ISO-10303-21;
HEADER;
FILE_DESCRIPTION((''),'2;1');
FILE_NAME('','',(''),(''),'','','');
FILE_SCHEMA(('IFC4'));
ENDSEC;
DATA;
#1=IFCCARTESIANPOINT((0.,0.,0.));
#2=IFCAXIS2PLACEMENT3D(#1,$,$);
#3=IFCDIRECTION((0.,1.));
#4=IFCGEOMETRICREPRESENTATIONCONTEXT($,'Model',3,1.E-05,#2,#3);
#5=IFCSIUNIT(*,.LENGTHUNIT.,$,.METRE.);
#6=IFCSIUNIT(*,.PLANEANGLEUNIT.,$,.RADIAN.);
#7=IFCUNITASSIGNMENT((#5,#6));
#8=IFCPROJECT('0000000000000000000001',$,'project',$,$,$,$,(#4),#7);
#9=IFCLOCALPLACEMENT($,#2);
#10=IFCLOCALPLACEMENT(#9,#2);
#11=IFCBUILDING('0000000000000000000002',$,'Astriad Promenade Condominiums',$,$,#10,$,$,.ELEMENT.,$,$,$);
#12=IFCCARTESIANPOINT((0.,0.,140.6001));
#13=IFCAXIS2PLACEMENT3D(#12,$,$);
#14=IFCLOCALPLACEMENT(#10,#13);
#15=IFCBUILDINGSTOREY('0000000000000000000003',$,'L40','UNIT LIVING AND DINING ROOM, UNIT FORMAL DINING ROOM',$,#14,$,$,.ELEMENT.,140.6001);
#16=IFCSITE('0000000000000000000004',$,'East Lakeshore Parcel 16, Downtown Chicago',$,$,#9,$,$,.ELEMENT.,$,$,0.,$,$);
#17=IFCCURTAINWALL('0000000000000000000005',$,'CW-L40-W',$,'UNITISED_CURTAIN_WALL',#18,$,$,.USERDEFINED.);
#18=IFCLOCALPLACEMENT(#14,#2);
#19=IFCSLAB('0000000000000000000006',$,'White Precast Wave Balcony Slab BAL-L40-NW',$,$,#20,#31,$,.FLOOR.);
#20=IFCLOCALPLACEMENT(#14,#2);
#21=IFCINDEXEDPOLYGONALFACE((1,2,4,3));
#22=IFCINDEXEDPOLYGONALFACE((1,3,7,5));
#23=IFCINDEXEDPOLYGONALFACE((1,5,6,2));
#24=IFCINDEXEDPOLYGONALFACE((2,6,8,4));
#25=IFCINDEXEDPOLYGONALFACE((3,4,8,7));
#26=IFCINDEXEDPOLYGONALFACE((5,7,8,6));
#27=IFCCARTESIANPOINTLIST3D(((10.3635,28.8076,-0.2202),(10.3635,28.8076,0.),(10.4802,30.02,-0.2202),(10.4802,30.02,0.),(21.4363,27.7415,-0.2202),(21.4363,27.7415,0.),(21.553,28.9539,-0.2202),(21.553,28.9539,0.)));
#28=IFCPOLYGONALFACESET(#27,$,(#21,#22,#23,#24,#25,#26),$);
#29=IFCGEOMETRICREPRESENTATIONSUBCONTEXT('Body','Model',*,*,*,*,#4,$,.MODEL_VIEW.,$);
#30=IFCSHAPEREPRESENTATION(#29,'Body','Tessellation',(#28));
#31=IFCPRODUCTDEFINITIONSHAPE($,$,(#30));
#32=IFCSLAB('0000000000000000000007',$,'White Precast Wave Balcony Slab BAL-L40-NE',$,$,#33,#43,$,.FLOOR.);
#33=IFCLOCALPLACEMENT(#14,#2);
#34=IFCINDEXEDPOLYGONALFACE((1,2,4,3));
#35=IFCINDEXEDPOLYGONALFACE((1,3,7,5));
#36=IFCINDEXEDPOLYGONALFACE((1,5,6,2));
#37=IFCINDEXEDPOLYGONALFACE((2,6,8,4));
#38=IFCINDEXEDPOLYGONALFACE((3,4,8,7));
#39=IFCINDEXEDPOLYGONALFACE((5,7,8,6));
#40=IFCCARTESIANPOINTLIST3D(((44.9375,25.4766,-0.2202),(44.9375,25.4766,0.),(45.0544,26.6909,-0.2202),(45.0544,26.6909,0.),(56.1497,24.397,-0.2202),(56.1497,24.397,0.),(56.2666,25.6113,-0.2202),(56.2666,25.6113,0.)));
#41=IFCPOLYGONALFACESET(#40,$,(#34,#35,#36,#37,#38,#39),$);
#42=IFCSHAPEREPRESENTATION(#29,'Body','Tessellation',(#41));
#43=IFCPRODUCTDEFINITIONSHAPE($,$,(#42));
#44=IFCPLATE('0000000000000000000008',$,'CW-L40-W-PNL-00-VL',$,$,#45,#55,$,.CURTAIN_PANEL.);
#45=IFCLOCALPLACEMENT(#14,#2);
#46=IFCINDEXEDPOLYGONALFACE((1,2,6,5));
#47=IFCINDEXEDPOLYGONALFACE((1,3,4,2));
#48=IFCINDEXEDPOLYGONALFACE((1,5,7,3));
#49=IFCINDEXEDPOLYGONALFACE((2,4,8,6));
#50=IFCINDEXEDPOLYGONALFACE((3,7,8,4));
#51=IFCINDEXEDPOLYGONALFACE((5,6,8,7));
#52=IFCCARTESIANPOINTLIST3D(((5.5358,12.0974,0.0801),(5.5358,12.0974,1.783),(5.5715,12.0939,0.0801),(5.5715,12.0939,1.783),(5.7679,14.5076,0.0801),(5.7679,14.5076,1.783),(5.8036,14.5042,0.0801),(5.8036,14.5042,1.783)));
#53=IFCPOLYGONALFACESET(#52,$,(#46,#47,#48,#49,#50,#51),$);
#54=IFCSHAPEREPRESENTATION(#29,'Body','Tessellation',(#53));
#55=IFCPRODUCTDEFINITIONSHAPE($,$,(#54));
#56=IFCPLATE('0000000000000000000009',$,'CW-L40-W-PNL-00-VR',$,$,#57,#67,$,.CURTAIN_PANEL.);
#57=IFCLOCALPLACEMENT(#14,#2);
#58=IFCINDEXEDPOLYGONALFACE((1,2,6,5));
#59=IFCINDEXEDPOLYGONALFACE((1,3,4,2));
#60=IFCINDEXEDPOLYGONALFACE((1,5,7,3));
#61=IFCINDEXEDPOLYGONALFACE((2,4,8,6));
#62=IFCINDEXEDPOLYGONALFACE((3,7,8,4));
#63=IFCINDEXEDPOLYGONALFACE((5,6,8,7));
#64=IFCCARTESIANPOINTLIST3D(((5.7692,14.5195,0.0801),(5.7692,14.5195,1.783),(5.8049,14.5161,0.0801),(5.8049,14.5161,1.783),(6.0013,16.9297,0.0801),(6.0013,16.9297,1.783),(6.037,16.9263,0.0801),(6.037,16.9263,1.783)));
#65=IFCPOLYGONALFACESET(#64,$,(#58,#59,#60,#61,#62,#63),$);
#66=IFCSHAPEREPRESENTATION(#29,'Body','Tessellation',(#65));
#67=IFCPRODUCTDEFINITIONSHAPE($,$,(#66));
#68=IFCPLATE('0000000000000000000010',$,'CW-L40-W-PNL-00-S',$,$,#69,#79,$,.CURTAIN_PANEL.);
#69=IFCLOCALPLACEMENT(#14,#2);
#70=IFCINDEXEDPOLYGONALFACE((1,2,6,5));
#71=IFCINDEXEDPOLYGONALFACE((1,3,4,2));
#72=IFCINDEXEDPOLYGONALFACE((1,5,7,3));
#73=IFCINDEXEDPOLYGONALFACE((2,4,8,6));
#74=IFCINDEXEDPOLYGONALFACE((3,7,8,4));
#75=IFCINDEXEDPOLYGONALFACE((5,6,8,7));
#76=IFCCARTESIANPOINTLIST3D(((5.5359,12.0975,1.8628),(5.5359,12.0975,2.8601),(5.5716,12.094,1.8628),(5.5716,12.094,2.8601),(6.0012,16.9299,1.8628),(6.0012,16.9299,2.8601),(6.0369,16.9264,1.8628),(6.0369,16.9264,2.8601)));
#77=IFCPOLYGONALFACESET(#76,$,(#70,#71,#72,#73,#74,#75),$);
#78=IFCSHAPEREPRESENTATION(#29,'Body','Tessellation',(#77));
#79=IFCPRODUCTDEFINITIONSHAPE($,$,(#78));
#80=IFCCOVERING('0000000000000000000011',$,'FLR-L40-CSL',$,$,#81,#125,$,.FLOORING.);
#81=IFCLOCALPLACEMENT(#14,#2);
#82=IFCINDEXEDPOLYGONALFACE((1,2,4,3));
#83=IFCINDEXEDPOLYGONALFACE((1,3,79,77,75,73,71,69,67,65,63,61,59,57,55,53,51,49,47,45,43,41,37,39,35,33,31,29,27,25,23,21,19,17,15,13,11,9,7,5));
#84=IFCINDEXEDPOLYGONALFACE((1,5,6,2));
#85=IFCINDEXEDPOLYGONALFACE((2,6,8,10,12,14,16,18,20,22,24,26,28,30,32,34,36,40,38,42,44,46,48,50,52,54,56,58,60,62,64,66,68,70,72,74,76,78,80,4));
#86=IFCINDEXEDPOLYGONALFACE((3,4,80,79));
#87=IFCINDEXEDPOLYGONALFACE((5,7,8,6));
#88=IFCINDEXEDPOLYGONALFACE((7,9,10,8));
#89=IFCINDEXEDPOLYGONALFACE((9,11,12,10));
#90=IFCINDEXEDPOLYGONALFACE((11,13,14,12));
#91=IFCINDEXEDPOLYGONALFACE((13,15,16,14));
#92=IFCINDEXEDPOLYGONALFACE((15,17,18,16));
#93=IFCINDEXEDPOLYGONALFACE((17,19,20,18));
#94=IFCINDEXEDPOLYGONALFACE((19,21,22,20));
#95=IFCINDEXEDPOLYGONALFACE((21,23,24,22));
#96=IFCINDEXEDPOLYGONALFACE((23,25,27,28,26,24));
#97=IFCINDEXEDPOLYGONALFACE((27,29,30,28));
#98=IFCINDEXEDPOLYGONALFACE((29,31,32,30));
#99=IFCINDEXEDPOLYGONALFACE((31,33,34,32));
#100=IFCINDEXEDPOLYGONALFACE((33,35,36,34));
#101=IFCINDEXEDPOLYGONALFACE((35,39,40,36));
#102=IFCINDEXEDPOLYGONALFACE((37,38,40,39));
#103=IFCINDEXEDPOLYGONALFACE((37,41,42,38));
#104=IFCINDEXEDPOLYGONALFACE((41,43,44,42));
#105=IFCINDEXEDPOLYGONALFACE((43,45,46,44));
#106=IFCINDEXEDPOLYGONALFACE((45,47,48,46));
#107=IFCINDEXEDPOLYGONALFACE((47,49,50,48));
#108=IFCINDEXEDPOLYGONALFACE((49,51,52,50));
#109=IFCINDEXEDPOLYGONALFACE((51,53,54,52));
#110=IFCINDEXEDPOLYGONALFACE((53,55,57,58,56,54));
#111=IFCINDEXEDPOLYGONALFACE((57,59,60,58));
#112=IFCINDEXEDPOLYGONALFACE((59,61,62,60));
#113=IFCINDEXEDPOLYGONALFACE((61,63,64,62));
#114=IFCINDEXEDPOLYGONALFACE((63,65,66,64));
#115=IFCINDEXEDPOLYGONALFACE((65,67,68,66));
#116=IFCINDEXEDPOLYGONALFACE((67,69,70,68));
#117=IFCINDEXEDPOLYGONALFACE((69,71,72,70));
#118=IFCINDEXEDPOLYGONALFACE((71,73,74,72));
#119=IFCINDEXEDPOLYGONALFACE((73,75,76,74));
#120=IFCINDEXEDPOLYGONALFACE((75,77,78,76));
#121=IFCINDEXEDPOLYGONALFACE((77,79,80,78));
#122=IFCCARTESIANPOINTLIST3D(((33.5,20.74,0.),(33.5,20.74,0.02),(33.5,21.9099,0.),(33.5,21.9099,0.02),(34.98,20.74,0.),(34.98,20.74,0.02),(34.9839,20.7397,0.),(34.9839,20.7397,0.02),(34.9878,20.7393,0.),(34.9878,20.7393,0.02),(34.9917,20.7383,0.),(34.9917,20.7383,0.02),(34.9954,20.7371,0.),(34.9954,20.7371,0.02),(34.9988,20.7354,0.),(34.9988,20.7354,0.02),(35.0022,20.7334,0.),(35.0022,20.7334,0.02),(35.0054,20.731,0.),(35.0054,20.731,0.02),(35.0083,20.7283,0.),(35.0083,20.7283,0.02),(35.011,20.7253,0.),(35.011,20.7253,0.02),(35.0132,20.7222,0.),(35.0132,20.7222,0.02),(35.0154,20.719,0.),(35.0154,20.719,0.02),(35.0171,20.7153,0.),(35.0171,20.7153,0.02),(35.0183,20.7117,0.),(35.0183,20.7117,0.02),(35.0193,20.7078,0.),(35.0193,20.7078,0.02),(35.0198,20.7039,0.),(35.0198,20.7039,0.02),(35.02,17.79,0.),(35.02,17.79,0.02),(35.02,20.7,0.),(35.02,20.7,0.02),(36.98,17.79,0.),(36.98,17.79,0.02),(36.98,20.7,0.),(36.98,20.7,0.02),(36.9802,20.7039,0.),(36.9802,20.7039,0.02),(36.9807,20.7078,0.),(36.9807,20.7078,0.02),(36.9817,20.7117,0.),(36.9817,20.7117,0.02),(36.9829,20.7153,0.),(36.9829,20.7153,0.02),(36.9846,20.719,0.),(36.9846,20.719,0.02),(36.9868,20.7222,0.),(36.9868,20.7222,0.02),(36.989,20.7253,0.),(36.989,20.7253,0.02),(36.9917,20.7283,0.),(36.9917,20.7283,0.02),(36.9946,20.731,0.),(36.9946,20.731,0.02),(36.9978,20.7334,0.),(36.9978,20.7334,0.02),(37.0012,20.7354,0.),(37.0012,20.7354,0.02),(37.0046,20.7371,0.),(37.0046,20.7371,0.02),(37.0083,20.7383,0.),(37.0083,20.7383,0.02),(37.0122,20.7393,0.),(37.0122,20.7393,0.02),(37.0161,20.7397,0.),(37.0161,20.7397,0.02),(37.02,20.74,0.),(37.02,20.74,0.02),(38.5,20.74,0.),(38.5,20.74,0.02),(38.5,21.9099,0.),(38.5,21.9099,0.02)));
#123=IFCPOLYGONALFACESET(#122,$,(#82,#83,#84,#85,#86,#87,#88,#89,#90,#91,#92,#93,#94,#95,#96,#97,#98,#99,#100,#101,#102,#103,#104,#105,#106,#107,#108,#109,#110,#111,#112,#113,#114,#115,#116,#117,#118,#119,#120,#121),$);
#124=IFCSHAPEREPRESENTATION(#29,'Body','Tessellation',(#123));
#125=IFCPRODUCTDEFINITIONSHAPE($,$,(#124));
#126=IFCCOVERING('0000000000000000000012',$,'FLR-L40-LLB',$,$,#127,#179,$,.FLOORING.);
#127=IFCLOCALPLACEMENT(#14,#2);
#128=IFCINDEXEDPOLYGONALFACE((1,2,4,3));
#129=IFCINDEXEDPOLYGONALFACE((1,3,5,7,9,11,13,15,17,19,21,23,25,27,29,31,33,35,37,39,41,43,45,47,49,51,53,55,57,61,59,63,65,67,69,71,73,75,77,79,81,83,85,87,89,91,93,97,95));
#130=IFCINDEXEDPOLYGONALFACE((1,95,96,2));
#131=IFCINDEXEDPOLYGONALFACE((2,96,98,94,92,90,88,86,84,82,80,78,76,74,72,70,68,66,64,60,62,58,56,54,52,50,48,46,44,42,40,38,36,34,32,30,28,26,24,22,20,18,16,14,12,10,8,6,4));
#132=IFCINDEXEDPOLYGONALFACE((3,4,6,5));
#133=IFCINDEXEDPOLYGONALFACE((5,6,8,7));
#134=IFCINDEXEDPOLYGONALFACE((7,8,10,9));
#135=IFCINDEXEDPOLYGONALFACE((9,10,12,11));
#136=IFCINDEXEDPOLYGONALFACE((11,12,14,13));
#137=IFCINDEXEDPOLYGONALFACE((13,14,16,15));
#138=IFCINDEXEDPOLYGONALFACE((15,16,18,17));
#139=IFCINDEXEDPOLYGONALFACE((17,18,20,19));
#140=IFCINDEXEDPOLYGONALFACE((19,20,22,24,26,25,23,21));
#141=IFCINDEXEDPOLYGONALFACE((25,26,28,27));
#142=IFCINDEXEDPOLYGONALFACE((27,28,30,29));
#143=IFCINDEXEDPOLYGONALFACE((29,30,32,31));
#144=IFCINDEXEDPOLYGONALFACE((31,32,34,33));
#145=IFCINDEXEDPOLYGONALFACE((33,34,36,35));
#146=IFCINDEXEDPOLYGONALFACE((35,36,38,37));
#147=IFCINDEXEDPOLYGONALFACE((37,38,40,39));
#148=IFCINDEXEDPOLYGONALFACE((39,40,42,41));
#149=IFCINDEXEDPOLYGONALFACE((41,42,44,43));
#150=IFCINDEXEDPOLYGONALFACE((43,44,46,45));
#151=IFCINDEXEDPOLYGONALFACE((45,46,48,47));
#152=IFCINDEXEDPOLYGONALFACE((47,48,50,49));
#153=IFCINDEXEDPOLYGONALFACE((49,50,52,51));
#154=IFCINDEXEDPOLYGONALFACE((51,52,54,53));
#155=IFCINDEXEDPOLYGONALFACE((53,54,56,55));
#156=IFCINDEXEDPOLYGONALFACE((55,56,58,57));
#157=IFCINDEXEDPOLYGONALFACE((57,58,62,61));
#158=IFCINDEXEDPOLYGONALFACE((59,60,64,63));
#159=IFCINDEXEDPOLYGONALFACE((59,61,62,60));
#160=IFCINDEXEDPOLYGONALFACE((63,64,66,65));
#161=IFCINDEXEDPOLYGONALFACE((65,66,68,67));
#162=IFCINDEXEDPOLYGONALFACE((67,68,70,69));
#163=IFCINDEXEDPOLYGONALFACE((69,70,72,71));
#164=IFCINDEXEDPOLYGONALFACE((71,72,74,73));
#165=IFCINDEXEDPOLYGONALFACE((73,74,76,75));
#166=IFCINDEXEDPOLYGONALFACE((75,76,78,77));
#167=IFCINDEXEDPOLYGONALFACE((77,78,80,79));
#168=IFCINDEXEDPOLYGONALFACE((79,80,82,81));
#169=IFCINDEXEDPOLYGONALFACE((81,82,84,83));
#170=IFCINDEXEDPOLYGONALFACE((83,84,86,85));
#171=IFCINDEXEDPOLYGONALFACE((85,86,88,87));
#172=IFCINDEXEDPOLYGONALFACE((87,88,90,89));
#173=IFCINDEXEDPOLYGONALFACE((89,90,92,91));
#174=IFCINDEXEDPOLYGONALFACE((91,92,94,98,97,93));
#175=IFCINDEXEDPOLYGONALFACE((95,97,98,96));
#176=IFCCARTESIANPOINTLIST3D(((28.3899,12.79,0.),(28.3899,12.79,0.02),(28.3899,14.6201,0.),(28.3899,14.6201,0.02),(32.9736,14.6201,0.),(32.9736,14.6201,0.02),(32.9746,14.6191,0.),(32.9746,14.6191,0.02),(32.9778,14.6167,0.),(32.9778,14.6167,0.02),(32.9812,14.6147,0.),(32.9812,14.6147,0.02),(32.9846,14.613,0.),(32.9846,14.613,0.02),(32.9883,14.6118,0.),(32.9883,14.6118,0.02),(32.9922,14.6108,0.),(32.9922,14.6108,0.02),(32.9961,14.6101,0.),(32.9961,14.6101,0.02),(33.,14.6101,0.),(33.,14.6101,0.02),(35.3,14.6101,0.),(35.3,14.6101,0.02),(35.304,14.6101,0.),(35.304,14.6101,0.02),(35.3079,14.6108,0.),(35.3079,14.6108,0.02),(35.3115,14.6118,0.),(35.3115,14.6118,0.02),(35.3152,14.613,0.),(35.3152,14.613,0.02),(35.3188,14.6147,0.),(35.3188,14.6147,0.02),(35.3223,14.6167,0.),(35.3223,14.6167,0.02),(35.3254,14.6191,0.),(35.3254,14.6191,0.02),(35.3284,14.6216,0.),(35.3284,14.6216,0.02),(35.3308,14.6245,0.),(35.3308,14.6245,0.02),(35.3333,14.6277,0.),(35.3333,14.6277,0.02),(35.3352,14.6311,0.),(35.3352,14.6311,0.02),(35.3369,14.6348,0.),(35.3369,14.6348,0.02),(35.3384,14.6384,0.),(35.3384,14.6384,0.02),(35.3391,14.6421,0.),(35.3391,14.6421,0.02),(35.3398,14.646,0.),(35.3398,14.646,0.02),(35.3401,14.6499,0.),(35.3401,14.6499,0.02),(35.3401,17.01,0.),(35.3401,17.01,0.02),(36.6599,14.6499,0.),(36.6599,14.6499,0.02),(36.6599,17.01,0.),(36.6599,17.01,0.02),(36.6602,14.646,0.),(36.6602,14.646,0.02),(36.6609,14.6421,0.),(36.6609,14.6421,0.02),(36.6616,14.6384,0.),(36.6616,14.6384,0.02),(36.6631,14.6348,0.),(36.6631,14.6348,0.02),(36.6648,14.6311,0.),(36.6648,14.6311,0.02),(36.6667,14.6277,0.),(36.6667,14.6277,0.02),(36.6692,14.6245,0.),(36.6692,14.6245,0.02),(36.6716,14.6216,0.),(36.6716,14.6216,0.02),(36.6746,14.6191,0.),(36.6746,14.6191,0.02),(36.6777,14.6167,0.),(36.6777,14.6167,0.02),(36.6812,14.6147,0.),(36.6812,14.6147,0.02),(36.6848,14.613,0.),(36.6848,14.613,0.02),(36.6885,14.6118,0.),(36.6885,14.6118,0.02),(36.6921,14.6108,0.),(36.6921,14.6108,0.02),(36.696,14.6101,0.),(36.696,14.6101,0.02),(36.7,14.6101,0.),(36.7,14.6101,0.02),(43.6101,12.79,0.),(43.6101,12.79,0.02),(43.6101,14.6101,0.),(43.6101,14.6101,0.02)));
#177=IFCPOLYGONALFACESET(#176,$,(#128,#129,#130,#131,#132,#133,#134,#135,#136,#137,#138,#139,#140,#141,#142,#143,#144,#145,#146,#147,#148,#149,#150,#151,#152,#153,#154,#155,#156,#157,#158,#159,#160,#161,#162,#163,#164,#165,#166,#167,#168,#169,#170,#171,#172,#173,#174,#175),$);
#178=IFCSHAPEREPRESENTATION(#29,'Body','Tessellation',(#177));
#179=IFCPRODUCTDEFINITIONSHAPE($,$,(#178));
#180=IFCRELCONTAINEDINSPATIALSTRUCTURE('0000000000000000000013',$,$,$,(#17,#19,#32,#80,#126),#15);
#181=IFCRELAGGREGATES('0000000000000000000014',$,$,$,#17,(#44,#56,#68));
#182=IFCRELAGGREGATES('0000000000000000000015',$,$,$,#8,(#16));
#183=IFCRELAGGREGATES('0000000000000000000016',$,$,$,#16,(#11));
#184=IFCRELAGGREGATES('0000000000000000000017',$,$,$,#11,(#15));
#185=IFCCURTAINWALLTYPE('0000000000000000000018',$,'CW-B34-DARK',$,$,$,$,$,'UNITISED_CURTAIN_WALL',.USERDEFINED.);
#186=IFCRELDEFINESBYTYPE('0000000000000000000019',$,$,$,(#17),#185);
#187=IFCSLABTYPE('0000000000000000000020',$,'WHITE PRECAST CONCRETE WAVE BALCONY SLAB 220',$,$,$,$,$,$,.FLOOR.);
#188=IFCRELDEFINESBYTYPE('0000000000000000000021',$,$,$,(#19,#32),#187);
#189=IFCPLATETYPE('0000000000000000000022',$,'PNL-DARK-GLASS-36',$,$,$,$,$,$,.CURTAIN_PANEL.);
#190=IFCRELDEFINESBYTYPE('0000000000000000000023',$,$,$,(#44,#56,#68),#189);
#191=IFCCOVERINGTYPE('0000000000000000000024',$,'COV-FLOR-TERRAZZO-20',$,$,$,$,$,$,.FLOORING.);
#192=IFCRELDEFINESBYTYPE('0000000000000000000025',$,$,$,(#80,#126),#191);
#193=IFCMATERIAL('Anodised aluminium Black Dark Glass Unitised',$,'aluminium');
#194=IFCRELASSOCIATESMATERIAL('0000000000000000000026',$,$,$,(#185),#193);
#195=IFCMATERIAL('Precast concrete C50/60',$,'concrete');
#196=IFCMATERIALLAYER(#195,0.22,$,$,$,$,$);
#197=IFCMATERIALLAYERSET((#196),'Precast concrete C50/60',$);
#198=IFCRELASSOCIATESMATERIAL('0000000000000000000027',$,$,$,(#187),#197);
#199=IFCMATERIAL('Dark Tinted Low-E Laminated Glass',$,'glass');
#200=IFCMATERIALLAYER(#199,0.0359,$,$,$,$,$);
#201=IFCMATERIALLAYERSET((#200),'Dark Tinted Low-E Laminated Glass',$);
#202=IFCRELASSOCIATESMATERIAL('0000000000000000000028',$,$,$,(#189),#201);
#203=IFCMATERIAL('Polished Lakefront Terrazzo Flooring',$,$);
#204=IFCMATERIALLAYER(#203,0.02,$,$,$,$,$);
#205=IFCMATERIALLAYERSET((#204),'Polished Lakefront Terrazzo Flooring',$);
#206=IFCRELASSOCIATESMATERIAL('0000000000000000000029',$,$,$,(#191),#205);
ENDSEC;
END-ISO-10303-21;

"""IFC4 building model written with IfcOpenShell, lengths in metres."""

from ifc_helpers import new_model, si_unit, direction, frame, origin, origin_2d, place, context, subcontext, project, spatial, polyline, rectangle, outline, extrude, source, transform, mapped, material, layer, layer_set, type_object, type_shapes, element, aggregate, save


model = new_model("IFC4")

# Units and contexts
model_context = context("Model", 3, precision=1e-05, world=origin(), true_north=direction((0.0, 1.0)))
body_context = subcontext(model_context, "Body", "Model", "MODEL_VIEW")
ifc_project = project(units=[si_unit("LENGTHUNIT", "METRE"), si_unit("PLANEANGLEUNIT", "RADIAN")], contexts=[model_context])

# Site, building, storey
site_placement = place(None, origin())
site = spatial("IfcSite", under=ifc_project, at=site_placement, Name="East Lakeshore Parcel 16, Downtown Chicago", CompositionType="ELEMENT", RefElevation=0.0)
building_placement = place(site_placement, origin())
building = spatial("IfcBuilding", under=site, at=building_placement, Name="Astriad Promenade Condominiums", CompositionType="ELEMENT")
storey_placement = place(building_placement, frame((0.0, 0.0, 140.6001)))
storey = spatial("IfcBuildingStorey", under=building, at=storey_placement, Name="L40", Description="UNIT LIVING AND DINING ROOM, UNIT FORMAL DINING ROOM", CompositionType="ELEMENT", Elevation=140.6001)

# Curtain wall
ifc_material_1 = material(Name="Anodised aluminium Black Dark Glass Unitised", Category="aluminium")
curtain_wall_type = type_object("IfcCurtainWallType", Name="CW-B34-DARK", ElementType="UNITISED_CURTAIN_WALL", PredefinedType="USERDEFINED", material=ifc_material_1)
curtain_wall_placement = place(storey_placement, origin())
curtain_wall = element("IfcCurtainWall", 1, at=curtain_wall_placement, inside=storey, type_object=curtain_wall_type, Name="CW-L40-W", ObjectType="UNITISED_CURTAIN_WALL", PredefinedType="USERDEFINED")

# Slabs
ifc_material_2 = material(Name="Precast concrete C50/60", Category="concrete")
ifc_layer_1 = layer(ifc_material_2, 0.22)
ifc_layer_set_1 = layer_set([ifc_layer_1], Name="Precast concrete C50/60")
slab_type_1 = type_object("IfcSlabType", Name="WHITE PRECAST CONCRETE WAVE BALCONY SLAB 220", PredefinedType="FLOOR", material=ifc_layer_set_1)
slab_1_placement = place(storey_placement, frame((0.0, 0.0, -0.2202)))
element("IfcSlab", 2, at=slab_1_placement, inside=storey, type_object=slab_type_1, Name="White Precast Wave Balcony Slab BAL-L40-NW", PredefinedType="FLOOR", context=body_context, shape_type="SweptSolid", body=[
    extrude(outline(polyline([(10.4802, 30.02), (21.553, 28.9539), (21.4363, 27.7415), (10.3635, 28.8076), (10.4802, 30.02)])), origin(), (0.0, 0.0, 1.0), 0.2202),
])
slab_2_placement = place(storey_placement, frame((0.0, 0.0, -0.2202)))
element("IfcSlab", 3, at=slab_2_placement, inside=storey, type_object=slab_type_1, Name="White Precast Wave Balcony Slab BAL-L40-NE", PredefinedType="FLOOR", context=body_context, shape_type="SweptSolid", body=[
    extrude(outline(polyline([(44.9375, 25.4766), (56.1497, 24.397), (56.2666, 25.6113), (45.0544, 26.6909), (44.9375, 25.4766)])), origin(), (0.0, 0.0, 1.0), 0.2202),
])

# Plates
ifc_material_3 = material(Name="Dark Tinted Low-E Laminated Glass", Category="glass")
ifc_layer_2 = layer(ifc_material_3, 0.0359)
ifc_layer_set_2 = layer_set([ifc_layer_2], Name="Dark Tinted Low-E Laminated Glass")
plate_type = type_object("IfcPlateType", Name="PNL-DARK-GLASS-36", PredefinedType="CURTAIN_PANEL", material=ifc_layer_set_2)
shared_shape_1 = source(origin(), body_context, "Body", "SweptSolid", [
    extrude(rectangle(XDim=2.4214, YDim=0.0359, at=origin_2d()), origin(), (0.0, 0.0, 1.0), 1.7029),
])
plate_1_placement = place(storey_placement, frame((5.6697, 13.3008, 0.0801), z_axis=(0.0, 0.0, 1.0), x_axis=(0.095846, 0.995396, 0.0)))
plate_1 = element("IfcPlate", 4, at=plate_1_placement, type_object=plate_type, Name="CW-L40-W-PNL-00-VL", PredefinedType="CURTAIN_PANEL", context=body_context, shape_type="MappedRepresentation", body=[
    mapped(shared_shape_1, transform((0.0, 0.0, 0.0), scale=1.0)),
])
plate_2_placement = place(storey_placement, frame((5.9031, 15.7229, 0.0801), z_axis=(0.0, 0.0, 1.0), x_axis=(0.095846, 0.995396, 0.0)))
plate_2 = element("IfcPlate", 5, at=plate_2_placement, type_object=plate_type, Name="CW-L40-W-PNL-00-VR", PredefinedType="CURTAIN_PANEL", context=body_context, shape_type="MappedRepresentation", body=[
    mapped(shared_shape_1, transform((0.0, 0.0, 0.0), scale=1.0)),
])
shared_shape_2 = source(origin(), body_context, "Body", "SweptSolid", [
    extrude(rectangle(XDim=4.8547, YDim=0.0359, at=origin_2d()), origin(), (0.0, 0.0, 1.0), 0.9973),
])
type_shapes(plate_type, [shared_shape_1, shared_shape_2])
plate_3_placement = place(storey_placement, frame((5.7864, 14.512, 1.8628), z_axis=(0.0, 0.0, 1.0), x_axis=(0.095846, 0.995396, 0.0)))
plate_3 = element("IfcPlate", 6, at=plate_3_placement, type_object=plate_type, Name="CW-L40-W-PNL-00-S", PredefinedType="CURTAIN_PANEL", context=body_context, shape_type="MappedRepresentation", body=[
    mapped(shared_shape_2, transform((0.0, 0.0, 0.0), scale=1.0)),
])
aggregate(curtain_wall, [plate_1, plate_2, plate_3])

# Coverings
ifc_material_4 = material(Name="Polished Lakefront Terrazzo Flooring")
ifc_layer_3 = layer(ifc_material_4, 0.02)
ifc_layer_set_3 = layer_set([ifc_layer_3], Name="Polished Lakefront Terrazzo Flooring")
covering_type = type_object("IfcCoveringType", Name="COV-FLOR-TERRAZZO-20", PredefinedType="FLOORING", material=ifc_layer_set_3)
covering_1_placement = place(storey_placement, origin())
element("IfcCovering", 7, at=covering_1_placement, inside=storey, type_object=covering_type, Name="FLR-L40-CSL", PredefinedType="FLOORING", context=body_context, shape_type="SweptSolid", body=[
    extrude(outline(polyline([(36.98, 20.7), (36.98, 17.79), (35.02, 17.79), (35.02, 20.7), (35.0198, 20.7039), (35.0193, 20.7078), (35.0183, 20.7117), (35.0171, 20.7153), (35.0154, 20.719), (35.0132, 20.7222), (35.011, 20.7253), (35.0083, 20.7283), (35.0054, 20.731), (35.0022, 20.7334), (34.9988, 20.7354), (34.9954, 20.7371), (34.9917, 20.7383), (34.9878, 20.7393), (34.9839, 20.7397), (34.98, 20.74), (33.5, 20.74), (33.5, 21.9099), (38.5, 21.9099), (38.5, 20.74), (37.02, 20.74), (37.0161, 20.7397), (37.0122, 20.7393), (37.0083, 20.7383), (37.0046, 20.7371), (37.0012, 20.7354), (36.9978, 20.7334), (36.9946, 20.731), (36.9917, 20.7283), (36.989, 20.7253), (36.9868, 20.7222), (36.9846, 20.719), (36.9829, 20.7153), (36.9817, 20.7117), (36.9807, 20.7078), (36.9802, 20.7039), (36.98, 20.7)])), origin(), (0.0, 0.0, 1.0), 0.02),
])
covering_2_placement = place(storey_placement, origin())
element("IfcCovering", 8, at=covering_2_placement, inside=storey, type_object=covering_type, Name="FLR-L40-LLB", PredefinedType="FLOORING", context=body_context, shape_type="SweptSolid", body=[
    extrude(outline(polyline([(32.9736, 14.6201), (32.9746, 14.6191), (32.9778, 14.6167), (32.9812, 14.6147), (32.9846, 14.613), (32.9883, 14.6118), (32.9922, 14.6108), (32.9961, 14.6101), (33.0, 14.6101), (35.3, 14.6101), (35.304, 14.6101), (35.3079, 14.6108), (35.3115, 14.6118), (35.3152, 14.613), (35.3188, 14.6147), (35.3223, 14.6167), (35.3254, 14.6191), (35.3284, 14.6216), (35.3308, 14.6245), (35.3333, 14.6277), (35.3352, 14.6311), (35.3369, 14.6348), (35.3384, 14.6384), (35.3391, 14.6421), (35.3398, 14.646), (35.3401, 14.6499), (35.3401, 17.01), (36.6599, 17.01), (36.6599, 14.6499), (36.6602, 14.646), (36.6609, 14.6421), (36.6616, 14.6384), (36.6631, 14.6348), (36.6648, 14.6311), (36.6667, 14.6277), (36.6692, 14.6245), (36.6716, 14.6216), (36.6746, 14.6191), (36.6777, 14.6167), (36.6812, 14.6147), (36.6848, 14.613), (36.6885, 14.6118), (36.6921, 14.6108), (36.696, 14.6101), (36.7, 14.6101), (43.6101, 14.6101), (43.6101, 12.79), (28.3899, 12.79), (28.3899, 14.6201), (32.9736, 14.6201)])), origin(), (0.0, 0.0, 1.0), 0.02),
])

save(model, "model.ifc")
